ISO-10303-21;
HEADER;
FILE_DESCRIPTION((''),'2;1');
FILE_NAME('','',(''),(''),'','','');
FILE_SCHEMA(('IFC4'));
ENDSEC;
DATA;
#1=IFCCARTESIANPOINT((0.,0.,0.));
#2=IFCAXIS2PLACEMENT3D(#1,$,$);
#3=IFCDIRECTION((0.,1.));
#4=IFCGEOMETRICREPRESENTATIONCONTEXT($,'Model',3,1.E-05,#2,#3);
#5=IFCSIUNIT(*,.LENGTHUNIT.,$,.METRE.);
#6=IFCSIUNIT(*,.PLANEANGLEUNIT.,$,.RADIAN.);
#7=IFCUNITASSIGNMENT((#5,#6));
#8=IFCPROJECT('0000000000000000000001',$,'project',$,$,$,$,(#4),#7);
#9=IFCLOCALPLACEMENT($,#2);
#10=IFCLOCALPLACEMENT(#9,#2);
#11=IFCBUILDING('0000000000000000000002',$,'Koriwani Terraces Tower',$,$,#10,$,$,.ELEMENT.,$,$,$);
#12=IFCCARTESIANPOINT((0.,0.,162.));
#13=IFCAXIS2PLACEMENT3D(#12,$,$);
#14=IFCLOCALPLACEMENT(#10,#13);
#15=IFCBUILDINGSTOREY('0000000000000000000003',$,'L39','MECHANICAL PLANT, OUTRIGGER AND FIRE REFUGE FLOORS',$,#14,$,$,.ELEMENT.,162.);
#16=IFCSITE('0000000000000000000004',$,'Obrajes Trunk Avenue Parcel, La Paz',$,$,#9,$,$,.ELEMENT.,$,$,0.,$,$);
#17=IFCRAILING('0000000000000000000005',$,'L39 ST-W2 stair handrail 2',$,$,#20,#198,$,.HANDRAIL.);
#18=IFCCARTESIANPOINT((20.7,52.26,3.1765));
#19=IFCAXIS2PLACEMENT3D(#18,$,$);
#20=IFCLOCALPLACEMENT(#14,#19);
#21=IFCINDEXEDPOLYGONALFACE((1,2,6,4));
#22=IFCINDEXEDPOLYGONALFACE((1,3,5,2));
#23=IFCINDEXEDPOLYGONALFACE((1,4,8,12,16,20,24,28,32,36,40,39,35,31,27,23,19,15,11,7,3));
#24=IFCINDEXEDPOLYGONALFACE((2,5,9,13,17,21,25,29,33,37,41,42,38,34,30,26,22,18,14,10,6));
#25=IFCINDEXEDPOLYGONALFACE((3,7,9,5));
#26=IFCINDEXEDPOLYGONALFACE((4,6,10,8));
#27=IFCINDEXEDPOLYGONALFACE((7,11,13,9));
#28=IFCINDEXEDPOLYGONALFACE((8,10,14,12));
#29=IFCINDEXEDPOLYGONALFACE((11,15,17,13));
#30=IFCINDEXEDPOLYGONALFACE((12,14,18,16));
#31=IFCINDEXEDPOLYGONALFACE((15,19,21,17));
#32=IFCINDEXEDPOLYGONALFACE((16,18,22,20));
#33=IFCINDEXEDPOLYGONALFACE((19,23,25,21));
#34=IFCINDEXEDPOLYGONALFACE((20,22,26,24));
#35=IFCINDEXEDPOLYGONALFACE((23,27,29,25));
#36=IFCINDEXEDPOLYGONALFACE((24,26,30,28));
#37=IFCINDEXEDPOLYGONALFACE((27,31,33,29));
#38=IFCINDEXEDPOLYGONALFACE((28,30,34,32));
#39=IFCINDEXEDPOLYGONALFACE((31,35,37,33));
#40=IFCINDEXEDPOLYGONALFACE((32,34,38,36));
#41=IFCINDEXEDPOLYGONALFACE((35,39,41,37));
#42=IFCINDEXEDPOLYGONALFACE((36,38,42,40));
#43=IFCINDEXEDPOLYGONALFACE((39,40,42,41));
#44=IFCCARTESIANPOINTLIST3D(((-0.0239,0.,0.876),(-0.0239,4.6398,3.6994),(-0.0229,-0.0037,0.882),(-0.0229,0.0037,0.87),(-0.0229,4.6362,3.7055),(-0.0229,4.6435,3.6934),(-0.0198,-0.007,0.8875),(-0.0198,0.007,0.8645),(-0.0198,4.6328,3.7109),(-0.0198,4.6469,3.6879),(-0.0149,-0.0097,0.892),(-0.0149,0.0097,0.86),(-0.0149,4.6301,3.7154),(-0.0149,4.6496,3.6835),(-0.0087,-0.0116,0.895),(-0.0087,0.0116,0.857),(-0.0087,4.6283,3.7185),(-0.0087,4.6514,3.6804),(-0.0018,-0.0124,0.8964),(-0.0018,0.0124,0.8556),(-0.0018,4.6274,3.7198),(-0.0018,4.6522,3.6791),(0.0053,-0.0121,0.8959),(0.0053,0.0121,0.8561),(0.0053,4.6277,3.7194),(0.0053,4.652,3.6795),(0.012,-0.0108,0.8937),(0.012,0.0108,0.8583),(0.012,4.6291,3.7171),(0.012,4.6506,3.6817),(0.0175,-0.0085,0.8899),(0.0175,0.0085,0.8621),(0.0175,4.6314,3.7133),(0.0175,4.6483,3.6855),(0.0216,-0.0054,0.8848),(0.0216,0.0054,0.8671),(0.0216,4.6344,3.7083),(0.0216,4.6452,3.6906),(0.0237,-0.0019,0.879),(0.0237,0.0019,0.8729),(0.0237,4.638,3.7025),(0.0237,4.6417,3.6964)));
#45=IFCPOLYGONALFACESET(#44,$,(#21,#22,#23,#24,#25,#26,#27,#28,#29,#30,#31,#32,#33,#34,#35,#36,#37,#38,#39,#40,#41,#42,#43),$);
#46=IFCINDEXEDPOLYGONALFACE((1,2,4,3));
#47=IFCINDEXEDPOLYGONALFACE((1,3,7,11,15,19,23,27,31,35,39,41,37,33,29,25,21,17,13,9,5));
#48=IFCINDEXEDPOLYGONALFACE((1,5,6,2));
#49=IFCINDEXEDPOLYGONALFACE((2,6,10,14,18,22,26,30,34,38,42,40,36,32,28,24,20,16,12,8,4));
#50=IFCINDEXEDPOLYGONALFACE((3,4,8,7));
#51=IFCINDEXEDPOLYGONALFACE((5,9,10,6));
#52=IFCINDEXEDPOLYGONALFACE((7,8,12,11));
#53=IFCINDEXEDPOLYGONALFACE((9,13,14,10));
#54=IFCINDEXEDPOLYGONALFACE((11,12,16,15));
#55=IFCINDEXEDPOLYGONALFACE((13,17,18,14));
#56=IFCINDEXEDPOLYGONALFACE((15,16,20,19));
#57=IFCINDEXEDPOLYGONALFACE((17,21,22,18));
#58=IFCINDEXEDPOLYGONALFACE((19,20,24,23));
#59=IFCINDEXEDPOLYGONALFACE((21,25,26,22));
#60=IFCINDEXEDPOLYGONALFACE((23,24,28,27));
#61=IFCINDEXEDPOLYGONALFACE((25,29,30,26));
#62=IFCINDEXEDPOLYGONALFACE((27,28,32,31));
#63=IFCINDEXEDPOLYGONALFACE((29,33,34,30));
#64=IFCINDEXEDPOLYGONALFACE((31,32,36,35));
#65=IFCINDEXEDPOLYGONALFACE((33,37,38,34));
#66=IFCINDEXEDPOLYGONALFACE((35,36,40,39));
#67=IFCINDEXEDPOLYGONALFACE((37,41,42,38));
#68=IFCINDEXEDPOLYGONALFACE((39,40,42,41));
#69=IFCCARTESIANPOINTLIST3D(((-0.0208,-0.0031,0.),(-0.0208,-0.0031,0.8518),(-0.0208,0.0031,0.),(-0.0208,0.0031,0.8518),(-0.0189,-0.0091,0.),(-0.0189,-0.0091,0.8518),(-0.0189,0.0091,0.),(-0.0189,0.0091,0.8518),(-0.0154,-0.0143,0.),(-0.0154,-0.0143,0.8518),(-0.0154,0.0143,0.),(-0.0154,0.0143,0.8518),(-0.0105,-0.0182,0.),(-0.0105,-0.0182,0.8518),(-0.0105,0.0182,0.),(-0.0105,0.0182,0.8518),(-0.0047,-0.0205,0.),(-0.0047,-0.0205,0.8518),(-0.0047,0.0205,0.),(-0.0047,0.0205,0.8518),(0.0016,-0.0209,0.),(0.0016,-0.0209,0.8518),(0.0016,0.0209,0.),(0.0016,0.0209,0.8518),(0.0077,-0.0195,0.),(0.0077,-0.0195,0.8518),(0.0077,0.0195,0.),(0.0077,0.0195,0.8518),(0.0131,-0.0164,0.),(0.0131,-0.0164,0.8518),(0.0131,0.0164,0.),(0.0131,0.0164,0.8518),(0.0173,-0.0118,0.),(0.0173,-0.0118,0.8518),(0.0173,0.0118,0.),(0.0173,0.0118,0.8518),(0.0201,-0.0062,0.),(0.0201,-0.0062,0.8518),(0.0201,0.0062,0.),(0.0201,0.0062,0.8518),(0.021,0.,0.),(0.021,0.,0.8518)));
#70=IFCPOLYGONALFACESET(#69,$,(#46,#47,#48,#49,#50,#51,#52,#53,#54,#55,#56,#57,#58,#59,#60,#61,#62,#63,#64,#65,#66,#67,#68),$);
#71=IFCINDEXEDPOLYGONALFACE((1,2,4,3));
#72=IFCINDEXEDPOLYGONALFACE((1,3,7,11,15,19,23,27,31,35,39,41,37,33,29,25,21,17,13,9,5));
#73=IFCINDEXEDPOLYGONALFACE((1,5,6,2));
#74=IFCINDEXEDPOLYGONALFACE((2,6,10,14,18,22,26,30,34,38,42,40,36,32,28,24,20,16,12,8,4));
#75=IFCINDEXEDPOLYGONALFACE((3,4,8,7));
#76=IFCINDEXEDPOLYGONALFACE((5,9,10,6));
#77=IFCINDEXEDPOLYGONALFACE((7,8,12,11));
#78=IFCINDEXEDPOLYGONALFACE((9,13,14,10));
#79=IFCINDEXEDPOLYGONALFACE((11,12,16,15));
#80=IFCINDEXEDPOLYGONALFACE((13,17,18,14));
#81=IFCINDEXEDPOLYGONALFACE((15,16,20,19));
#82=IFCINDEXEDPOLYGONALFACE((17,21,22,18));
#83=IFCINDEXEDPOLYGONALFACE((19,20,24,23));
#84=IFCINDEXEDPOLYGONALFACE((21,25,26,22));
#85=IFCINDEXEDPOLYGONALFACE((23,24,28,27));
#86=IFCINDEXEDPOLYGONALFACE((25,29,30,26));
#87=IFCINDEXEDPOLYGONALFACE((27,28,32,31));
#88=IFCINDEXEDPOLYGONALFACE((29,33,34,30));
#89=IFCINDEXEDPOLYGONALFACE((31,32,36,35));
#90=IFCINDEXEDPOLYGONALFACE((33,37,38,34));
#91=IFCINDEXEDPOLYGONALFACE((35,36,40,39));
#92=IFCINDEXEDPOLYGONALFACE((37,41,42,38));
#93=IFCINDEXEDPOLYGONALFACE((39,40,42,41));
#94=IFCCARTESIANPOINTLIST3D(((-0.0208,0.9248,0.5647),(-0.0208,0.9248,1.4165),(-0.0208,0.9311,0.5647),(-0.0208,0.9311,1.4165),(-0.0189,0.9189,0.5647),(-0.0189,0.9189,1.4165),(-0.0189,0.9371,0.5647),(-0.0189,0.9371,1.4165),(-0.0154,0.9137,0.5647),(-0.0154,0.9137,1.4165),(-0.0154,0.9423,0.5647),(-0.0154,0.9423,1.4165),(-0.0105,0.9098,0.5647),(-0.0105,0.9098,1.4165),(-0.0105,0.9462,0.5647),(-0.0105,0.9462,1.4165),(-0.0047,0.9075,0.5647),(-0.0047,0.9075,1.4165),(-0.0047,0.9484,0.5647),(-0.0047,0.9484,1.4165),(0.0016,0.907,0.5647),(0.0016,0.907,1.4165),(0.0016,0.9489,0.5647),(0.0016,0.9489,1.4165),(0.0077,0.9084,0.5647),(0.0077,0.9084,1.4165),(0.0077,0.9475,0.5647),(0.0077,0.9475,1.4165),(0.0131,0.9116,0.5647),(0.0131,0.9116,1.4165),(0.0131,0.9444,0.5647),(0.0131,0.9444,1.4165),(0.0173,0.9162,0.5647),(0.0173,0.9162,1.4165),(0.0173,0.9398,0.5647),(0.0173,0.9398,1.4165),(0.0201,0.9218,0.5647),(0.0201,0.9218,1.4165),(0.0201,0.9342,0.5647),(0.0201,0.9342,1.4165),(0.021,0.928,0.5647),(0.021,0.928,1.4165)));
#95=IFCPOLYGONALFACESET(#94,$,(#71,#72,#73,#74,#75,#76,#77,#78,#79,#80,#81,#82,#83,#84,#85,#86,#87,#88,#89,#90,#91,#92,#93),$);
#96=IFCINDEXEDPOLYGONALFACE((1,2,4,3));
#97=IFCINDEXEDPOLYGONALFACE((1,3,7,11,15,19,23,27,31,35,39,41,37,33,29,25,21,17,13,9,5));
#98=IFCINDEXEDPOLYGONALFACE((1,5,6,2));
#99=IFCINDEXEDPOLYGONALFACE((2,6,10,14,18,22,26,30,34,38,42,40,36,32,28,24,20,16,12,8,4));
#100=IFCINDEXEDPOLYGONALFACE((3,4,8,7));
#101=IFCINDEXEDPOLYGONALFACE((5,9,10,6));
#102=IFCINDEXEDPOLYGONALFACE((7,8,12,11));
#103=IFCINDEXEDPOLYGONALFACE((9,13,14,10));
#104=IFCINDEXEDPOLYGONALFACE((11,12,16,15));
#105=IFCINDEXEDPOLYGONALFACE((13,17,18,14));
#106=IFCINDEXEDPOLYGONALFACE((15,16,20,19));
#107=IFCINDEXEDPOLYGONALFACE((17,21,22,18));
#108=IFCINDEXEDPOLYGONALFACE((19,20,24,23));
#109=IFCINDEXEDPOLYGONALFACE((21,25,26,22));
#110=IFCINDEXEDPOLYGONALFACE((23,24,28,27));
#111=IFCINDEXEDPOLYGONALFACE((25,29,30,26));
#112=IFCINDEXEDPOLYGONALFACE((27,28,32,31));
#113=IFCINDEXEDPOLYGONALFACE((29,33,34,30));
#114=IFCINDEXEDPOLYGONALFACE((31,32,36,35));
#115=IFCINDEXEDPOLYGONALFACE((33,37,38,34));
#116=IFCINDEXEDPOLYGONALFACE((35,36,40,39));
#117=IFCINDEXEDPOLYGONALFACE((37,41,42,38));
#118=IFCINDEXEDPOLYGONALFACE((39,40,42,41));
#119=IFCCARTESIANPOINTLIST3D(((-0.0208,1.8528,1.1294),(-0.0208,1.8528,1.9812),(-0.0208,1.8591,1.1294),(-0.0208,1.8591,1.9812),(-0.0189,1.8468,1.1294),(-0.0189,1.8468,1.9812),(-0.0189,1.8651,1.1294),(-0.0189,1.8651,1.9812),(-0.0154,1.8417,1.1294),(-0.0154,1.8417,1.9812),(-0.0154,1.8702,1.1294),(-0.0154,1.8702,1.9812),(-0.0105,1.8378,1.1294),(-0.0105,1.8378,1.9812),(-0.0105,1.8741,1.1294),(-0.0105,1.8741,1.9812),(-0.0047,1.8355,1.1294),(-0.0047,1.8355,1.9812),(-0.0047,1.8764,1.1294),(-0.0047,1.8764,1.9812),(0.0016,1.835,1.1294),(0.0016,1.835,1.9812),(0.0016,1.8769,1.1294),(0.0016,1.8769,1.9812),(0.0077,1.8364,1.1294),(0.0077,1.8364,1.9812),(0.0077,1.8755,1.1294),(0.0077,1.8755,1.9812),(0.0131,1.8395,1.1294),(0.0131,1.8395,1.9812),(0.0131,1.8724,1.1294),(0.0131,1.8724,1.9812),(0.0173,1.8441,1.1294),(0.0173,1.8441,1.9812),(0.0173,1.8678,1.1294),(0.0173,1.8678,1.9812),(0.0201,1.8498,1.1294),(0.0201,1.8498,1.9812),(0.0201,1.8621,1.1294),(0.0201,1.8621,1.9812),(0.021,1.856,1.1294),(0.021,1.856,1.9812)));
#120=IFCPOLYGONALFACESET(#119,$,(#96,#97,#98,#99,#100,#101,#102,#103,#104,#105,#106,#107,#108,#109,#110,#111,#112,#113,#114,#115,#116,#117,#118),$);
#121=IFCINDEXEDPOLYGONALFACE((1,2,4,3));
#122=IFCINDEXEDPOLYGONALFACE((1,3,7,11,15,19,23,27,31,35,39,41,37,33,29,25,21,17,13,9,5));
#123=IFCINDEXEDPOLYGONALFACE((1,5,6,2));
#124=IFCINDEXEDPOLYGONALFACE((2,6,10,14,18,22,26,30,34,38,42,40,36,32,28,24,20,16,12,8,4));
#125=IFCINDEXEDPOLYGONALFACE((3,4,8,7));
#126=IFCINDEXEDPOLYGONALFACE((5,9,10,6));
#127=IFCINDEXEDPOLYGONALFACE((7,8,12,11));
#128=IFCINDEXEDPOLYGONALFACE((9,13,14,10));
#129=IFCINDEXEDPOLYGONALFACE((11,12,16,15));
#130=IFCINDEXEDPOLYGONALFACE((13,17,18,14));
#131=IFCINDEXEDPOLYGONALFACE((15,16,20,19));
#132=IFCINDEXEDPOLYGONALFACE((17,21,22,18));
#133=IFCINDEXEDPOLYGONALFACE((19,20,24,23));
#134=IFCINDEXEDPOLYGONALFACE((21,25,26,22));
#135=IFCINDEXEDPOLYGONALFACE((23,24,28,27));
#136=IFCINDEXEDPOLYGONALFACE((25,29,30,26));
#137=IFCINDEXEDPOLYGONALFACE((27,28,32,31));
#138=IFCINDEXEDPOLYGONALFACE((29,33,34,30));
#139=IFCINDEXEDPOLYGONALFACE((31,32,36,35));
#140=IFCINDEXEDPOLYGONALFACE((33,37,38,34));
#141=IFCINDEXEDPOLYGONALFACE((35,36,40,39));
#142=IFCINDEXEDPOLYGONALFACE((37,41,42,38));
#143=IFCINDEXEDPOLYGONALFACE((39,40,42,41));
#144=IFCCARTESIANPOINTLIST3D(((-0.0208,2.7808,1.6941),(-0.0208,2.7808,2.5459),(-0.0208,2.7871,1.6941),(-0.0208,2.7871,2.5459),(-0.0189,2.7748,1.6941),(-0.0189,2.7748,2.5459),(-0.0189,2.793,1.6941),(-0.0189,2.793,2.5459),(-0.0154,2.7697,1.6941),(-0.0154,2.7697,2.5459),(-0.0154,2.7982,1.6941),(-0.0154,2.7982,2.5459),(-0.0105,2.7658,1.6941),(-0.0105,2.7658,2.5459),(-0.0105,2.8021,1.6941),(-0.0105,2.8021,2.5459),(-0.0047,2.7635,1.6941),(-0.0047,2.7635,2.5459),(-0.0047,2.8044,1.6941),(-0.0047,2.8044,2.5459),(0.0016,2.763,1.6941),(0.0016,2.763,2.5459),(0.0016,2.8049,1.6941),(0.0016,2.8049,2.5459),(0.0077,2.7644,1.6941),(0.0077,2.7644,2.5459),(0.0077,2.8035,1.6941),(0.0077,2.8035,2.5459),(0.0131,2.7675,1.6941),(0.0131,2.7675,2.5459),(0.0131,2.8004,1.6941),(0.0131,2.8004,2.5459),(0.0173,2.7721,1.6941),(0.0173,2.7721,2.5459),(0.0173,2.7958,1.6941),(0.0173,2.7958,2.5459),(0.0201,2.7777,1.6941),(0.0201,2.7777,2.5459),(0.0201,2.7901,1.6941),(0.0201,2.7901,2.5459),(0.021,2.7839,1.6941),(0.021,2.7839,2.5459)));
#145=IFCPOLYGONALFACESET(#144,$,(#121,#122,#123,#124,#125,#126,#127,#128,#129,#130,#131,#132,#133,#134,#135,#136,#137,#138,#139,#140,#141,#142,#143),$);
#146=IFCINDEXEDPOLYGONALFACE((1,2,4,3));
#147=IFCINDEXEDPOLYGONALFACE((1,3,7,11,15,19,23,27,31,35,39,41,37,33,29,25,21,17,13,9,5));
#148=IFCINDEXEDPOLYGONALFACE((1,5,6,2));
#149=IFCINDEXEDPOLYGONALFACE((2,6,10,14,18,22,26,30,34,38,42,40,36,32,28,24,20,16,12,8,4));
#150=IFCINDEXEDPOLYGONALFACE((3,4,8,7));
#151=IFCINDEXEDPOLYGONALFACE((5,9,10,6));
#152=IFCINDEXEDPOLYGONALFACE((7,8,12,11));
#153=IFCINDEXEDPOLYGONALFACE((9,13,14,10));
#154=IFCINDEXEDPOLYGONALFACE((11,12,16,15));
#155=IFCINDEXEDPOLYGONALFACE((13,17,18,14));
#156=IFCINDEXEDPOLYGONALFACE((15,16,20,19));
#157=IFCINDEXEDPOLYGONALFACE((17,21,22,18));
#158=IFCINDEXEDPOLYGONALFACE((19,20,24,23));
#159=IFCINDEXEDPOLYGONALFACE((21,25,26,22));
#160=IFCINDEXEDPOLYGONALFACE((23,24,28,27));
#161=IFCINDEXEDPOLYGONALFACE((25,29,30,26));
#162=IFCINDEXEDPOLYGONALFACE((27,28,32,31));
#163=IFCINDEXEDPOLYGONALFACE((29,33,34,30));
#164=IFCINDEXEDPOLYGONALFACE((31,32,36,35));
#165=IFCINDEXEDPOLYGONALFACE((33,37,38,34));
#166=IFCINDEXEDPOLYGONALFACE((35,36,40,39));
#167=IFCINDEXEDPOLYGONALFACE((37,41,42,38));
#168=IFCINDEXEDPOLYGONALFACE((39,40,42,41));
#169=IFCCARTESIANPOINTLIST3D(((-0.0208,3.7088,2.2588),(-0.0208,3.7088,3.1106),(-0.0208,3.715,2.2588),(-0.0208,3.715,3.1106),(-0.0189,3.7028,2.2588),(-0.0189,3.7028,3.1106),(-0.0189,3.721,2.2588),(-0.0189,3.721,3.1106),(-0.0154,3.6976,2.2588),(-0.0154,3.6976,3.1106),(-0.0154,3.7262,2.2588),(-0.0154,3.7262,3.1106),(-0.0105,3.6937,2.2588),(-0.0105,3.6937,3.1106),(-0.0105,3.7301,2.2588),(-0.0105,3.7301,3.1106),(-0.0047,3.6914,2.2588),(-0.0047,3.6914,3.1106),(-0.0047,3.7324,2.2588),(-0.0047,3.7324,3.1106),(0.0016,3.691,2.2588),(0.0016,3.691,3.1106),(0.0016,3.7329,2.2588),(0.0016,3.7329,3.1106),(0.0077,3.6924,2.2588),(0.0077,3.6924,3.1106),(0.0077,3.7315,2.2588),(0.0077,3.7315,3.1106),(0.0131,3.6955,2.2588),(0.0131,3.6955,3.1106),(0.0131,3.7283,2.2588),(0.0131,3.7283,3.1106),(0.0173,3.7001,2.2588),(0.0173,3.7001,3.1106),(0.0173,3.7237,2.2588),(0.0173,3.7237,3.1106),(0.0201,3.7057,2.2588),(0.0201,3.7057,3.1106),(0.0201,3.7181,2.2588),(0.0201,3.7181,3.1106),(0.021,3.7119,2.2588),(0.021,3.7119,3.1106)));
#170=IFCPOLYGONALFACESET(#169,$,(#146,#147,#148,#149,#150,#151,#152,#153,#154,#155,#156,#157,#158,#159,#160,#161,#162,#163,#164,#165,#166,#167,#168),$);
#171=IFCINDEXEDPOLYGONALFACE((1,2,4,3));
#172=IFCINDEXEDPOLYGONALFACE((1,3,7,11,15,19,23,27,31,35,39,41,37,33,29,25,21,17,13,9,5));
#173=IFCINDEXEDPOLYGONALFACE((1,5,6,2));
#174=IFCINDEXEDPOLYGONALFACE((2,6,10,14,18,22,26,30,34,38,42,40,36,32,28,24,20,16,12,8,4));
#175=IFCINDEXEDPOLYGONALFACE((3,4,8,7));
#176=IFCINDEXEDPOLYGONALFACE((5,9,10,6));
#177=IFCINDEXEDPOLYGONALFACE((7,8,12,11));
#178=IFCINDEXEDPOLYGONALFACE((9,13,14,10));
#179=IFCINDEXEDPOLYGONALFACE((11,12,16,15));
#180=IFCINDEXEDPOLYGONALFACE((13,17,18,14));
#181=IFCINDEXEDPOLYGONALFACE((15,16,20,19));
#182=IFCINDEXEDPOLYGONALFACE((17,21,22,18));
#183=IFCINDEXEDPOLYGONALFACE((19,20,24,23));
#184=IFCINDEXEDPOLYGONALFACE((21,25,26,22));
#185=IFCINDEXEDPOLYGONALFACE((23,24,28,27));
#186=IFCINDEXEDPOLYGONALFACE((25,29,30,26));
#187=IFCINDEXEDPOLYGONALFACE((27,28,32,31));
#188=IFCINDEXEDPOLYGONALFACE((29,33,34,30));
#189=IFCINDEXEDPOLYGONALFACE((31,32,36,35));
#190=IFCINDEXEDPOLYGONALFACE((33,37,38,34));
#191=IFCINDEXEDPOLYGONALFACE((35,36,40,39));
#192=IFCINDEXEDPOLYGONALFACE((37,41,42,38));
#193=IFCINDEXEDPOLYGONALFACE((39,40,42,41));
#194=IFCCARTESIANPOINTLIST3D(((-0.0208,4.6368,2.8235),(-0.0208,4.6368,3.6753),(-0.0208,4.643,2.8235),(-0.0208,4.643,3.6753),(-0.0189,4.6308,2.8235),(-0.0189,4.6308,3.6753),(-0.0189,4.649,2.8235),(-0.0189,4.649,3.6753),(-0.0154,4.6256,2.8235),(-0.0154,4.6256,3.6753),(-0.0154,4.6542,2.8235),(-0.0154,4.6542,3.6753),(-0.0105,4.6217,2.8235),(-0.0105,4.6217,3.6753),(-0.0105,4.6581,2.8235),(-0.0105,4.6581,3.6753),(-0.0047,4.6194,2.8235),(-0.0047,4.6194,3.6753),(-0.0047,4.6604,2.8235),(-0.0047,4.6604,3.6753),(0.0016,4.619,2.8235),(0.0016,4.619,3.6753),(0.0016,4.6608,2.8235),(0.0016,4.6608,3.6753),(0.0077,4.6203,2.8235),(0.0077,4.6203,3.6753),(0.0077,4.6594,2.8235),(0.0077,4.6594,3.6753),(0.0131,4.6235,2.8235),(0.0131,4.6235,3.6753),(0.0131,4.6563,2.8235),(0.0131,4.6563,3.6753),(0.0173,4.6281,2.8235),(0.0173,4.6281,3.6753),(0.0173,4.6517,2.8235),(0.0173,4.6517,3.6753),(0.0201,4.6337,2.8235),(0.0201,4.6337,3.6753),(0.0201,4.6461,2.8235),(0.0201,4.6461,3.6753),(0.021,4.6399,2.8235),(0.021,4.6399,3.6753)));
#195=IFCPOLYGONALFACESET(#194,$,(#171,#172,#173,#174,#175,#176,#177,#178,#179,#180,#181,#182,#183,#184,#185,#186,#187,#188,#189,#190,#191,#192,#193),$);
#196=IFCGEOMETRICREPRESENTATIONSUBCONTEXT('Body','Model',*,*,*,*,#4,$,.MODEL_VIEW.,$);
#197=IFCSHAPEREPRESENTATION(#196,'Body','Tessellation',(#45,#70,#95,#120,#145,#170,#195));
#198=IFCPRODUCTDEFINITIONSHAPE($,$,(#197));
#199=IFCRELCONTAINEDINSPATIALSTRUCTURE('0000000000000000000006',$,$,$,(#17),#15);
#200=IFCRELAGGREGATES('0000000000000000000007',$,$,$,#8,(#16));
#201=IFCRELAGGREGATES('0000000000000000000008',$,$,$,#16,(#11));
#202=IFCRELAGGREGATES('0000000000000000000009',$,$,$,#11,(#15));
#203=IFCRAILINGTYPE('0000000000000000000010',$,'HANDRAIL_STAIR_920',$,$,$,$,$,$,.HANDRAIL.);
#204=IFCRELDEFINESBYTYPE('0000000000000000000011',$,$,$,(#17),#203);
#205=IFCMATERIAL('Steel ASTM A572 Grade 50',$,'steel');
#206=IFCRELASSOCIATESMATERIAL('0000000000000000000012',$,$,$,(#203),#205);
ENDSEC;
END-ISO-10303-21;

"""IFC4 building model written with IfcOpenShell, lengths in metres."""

from ifc_helpers import new_model, si_unit, direction, frame, origin, origin_2d, place, context, subcontext, project, spatial, circle, extrude, material, type_object, element, save


model = new_model("IFC4")

# Units and contexts
model_context = context("Model", 3, precision=1e-05, world=origin(), true_north=direction((0.0, 1.0)))
body_context = subcontext(model_context, "Body", "Model", "MODEL_VIEW")
ifc_project = project(units=[si_unit("LENGTHUNIT", "METRE"), si_unit("PLANEANGLEUNIT", "RADIAN")], contexts=[model_context])

# Site, building, storey
site_placement = place(None, origin())
site = spatial("IfcSite", under=ifc_project, at=site_placement, Name="Obrajes Trunk Avenue Parcel, La Paz", CompositionType="ELEMENT", RefElevation=0.0)
building_placement = place(site_placement, origin())
building = spatial("IfcBuilding", under=site, at=building_placement, Name="Koriwani Terraces Tower", CompositionType="ELEMENT")
storey_placement = place(building_placement, frame((0.0, 0.0, 162.0)))
storey = spatial("IfcBuildingStorey", under=building, at=storey_placement, Name="L39", Description="MECHANICAL PLANT, OUTRIGGER AND FIRE REFUGE FLOORS", CompositionType="ELEMENT", Elevation=162.0)

# Shared definitions
ifc_material_1 = material(Name="Steel ASTM A572 Grade 50", Category="steel")

# Railing
railing_type_1 = type_object("IfcRailingType", Name="HANDRAIL_STAIR_920", PredefinedType="HANDRAIL", material=ifc_material_1)
for number, where, name in (
    (1, (20.7, 52.26, 3.1765), "L39 ST-W2 stair handrail 2"),
):
    element("IfcRailing", number, at=place(storey_placement, frame(where)), inside=storey, type_object=railing_type_1, Name=name, PredefinedType="HANDRAIL", context=body_context, shape_type="SweptSolid", body=[
        extrude(circle(Radius=0.0239, at=origin_2d()), frame((0.0, 0.0, 0.876), z_axis=(0.0, 0.854264, 0.51984), x_axis=(-1.0, 0.0, 0.0)), (0.0, 0.0, 1.0), 5.4314),
        extrude(circle(Radius=0.021, at=origin_2d()), origin(), (0.0, 0.0, 1.0), 0.8518),
        extrude(circle(Radius=0.021, at=origin_2d()), frame((0.0, 0.928, 0.5647)), (0.0, 0.0, 1.0), 0.8518),
        extrude(circle(Radius=0.021, at=origin_2d()), frame((0.0, 1.856, 1.1294)), (0.0, 0.0, 1.0), 0.8518),
        extrude(circle(Radius=0.021, at=origin_2d()), frame((0.0, 2.7839, 1.6941)), (0.0, 0.0, 1.0), 0.8518),
        extrude(circle(Radius=0.021, at=origin_2d()), frame((0.0, 3.7119, 2.2588)), (0.0, 0.0, 1.0), 0.8518),
        extrude(circle(Radius=0.021, at=origin_2d()), frame((0.0, 4.6399, 2.8235)), (0.0, 0.0, 1.0), 0.8518),
    ])

save(model, "model.ifc")
